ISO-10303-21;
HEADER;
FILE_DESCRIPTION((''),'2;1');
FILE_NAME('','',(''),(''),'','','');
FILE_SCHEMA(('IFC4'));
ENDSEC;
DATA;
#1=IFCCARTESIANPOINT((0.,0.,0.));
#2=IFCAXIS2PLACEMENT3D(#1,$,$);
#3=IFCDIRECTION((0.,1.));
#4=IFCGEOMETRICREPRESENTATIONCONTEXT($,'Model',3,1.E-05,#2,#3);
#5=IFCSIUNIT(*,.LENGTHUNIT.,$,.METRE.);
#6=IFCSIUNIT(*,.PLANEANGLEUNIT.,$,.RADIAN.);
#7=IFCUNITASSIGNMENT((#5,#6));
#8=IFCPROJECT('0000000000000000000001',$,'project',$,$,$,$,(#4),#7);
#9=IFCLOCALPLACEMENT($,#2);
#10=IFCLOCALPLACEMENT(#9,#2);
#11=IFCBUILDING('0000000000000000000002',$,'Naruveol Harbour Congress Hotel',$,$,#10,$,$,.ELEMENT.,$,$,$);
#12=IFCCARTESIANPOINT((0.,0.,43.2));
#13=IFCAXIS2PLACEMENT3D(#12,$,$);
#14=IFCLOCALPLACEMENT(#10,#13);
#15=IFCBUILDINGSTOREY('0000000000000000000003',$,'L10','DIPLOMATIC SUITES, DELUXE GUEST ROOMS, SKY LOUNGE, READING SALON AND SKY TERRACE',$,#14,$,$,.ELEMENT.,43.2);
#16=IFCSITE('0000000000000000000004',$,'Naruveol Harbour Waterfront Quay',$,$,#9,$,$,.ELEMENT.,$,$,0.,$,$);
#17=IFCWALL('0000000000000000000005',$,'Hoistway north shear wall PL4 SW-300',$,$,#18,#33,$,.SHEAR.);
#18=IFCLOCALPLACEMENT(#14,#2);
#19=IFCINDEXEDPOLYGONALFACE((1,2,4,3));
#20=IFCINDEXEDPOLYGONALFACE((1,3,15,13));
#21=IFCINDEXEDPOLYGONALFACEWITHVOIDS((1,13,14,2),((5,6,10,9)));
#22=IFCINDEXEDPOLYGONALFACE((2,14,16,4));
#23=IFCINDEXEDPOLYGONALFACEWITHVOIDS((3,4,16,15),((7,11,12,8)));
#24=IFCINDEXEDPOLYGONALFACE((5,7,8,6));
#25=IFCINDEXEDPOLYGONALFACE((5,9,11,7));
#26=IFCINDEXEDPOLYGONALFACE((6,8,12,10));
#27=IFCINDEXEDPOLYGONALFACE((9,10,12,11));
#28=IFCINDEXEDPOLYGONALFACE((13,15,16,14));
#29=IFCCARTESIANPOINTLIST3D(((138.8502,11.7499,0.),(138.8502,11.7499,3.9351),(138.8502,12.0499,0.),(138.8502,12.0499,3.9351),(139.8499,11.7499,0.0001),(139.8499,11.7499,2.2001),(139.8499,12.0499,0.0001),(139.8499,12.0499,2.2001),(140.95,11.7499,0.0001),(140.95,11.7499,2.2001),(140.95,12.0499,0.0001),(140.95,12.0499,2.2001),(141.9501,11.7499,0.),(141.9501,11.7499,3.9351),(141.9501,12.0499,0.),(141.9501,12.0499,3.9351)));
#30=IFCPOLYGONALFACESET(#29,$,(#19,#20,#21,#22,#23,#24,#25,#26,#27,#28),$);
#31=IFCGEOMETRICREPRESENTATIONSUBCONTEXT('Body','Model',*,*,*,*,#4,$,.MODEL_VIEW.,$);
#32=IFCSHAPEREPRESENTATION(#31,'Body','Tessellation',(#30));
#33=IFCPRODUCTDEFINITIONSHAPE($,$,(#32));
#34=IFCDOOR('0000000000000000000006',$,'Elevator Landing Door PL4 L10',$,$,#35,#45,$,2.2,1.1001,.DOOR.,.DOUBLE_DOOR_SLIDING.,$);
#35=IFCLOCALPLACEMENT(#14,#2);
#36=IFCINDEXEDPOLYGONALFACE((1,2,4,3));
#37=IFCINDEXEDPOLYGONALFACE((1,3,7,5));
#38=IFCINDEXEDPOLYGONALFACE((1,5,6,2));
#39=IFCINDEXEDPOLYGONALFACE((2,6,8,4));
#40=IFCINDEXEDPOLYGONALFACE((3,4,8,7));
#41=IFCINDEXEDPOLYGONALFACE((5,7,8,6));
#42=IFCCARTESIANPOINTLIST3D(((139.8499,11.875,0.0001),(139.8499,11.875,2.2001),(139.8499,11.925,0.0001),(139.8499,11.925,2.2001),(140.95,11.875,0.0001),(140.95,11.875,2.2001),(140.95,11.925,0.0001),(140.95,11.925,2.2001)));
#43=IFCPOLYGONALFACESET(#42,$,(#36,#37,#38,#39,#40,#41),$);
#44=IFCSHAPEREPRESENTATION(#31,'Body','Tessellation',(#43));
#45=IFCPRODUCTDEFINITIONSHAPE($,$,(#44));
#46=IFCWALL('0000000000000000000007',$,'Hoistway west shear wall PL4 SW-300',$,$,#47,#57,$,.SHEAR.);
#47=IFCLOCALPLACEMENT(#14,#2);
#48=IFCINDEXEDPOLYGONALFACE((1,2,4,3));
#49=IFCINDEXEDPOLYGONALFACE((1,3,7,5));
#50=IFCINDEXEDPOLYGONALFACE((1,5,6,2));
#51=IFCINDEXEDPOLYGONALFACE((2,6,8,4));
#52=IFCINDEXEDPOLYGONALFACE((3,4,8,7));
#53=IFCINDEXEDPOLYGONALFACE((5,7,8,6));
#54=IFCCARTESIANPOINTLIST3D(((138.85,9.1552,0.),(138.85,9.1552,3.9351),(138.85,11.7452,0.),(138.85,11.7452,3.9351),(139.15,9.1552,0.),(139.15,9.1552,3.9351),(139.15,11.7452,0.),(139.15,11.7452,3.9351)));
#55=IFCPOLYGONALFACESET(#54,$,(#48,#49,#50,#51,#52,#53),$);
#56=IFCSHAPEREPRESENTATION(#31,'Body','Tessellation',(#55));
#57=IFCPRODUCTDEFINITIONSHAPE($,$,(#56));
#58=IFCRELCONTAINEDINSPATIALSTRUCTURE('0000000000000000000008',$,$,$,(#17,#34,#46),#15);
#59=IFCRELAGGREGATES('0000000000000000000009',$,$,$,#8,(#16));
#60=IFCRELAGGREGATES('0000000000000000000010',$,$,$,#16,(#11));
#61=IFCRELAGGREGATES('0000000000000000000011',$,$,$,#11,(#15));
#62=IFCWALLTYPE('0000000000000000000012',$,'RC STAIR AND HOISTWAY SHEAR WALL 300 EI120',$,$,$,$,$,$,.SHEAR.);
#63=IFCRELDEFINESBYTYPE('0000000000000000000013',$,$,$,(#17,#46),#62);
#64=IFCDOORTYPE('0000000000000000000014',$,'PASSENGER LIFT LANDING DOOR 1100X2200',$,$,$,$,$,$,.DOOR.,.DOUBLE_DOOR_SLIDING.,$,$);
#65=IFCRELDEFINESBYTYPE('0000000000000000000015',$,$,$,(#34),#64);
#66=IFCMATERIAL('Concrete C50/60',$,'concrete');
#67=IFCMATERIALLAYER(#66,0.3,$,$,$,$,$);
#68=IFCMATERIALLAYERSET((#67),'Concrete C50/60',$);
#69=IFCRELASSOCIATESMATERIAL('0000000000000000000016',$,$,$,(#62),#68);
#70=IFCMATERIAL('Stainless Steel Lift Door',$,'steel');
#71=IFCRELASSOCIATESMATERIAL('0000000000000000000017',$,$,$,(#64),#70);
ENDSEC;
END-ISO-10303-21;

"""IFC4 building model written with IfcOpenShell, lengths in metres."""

from ifc_helpers import new_model, si_unit, direction, frame, frame_2d, origin, place, context, subcontext, project, spatial, rectangle, extrude, material, layer, layer_set, type_object, element, fill, save


model = new_model("IFC4")

# Units and contexts
model_context = context("Model", 3, precision=1e-05, world=origin(), true_north=direction((0.0, 1.0)))
body_context = subcontext(model_context, "Body", "Model", "MODEL_VIEW")
ifc_project = project(units=[si_unit("LENGTHUNIT", "METRE"), si_unit("PLANEANGLEUNIT", "RADIAN")], contexts=[model_context])

# Site, building, storey
site_placement = place(None, origin())
site = spatial("IfcSite", under=ifc_project, at=site_placement, Name="Naruveol Harbour Waterfront Quay", CompositionType="ELEMENT", RefElevation=0.0)
building_placement = place(site_placement, origin())
building = spatial("IfcBuilding", under=site, at=building_placement, Name="Naruveol Harbour Congress Hotel", CompositionType="ELEMENT")
storey_placement = place(building_placement, frame((0.0, 0.0, 43.2)))
storey = spatial("IfcBuildingStorey", under=building, at=storey_placement, Name="L10", Description="DIPLOMATIC SUITES, DELUXE GUEST ROOMS, SKY LOUNGE, READING SALON AND SKY TERRACE", CompositionType="ELEMENT", Elevation=43.2)

# Shared definitions
ifc_material_1 = material(Name="Concrete C50/60", Category="concrete")
ifc_layer_1 = layer(ifc_material_1, 0.3)
ifc_layer_set_1 = layer_set([ifc_layer_1], Name="Concrete C50/60")
wall_type_1 = type_object("IfcWallType", Name="RC STAIR AND HOISTWAY SHEAR WALL 300 EI120", PredefinedType="SHEAR", material=ifc_layer_set_1)

# Shared definitions
ifc_material_2 = material(Name="Stainless Steel Lift Door", Category="steel")
door_type_1 = type_object("IfcDoorType", Name="PASSENGER LIFT LANDING DOOR 1100X2200", OperationType="DOUBLE_DOOR_SLIDING", PredefinedType="DOOR", material=ifc_material_2)

# Wall, opening, door
wall_1_placement = place(storey_placement, frame((141.95, 11.8999, 0.0), z_axis=(0.0, 0.0, 1.0), x_axis=(-1.0, 0.0, 0.0)))
wall_1 = element("IfcWall", 1, at=wall_1_placement, inside=storey, type_object=wall_type_1, Name="Hoistway north shear wall PL4 SW-300", PredefinedType="SHEAR", context=body_context, shape_type="SweptSolid", body=[
    extrude(rectangle(XDim=3.0999, YDim=0.3, at=frame_2d((1.5498, 0.0))), origin(), (0.0, 0.0, 1.0), 3.9351),
])
opening_1_placement = place(wall_1_placement, frame((1.0, 0.0, 0.0)))
opening_1 = element("IfcOpeningElement", 2, at=opening_1_placement, cuts=wall_1, PredefinedType="OPENING", context=body_context, shape_type="SweptSolid", body=[
    extrude(rectangle(XDim=1.1001, YDim=2.2, at=frame_2d((0.55, 1.1001))), frame((0.0, 0.1599, 0.0), z_axis=(0.0, -1.0, 0.0), x_axis=(1.0, 0.0, 0.0)), (0.0, 0.0, 1.0), 0.3201),
])
door_1_placement = place(opening_1_placement, origin())
door_1 = element("IfcDoor", 3, at=door_1_placement, inside=storey, type_object=door_type_1, Name="Elevator Landing Door PL4 L10", OperationType="DOUBLE_DOOR_SLIDING", OverallHeight=2.2, OverallWidth=1.1001, PredefinedType="DOOR", context=body_context, shape_type="SweptSolid", body=[
    extrude(rectangle(XDim=1.1001, YDim=2.2, at=frame_2d((0.55, 1.1001))), frame((0.0, 0.0249, 0.0), z_axis=(0.0, -1.0, 0.0), x_axis=(1.0, 0.0, 0.0)), (0.0, 0.0, 1.0), 0.05),
])
fill(opening_1, door_1)

# Wall
wall_2_placement = place(storey_placement, frame((139.0, 11.7451, 0.0), z_axis=(0.0, 0.0, 1.0), x_axis=(0.0, -1.0, 0.0)))
element("IfcWall", 4, at=wall_2_placement, inside=storey, type_object=wall_type_1, Name="Hoistway west shear wall PL4 SW-300", PredefinedType="SHEAR", context=body_context, shape_type="SweptSolid", body=[
    extrude(rectangle(XDim=2.5901, YDim=0.3, at=frame_2d((1.2949, 0.0))), origin(), (0.0, 0.0, 1.0), 3.9351),
])

save(model, "model.ifc")
